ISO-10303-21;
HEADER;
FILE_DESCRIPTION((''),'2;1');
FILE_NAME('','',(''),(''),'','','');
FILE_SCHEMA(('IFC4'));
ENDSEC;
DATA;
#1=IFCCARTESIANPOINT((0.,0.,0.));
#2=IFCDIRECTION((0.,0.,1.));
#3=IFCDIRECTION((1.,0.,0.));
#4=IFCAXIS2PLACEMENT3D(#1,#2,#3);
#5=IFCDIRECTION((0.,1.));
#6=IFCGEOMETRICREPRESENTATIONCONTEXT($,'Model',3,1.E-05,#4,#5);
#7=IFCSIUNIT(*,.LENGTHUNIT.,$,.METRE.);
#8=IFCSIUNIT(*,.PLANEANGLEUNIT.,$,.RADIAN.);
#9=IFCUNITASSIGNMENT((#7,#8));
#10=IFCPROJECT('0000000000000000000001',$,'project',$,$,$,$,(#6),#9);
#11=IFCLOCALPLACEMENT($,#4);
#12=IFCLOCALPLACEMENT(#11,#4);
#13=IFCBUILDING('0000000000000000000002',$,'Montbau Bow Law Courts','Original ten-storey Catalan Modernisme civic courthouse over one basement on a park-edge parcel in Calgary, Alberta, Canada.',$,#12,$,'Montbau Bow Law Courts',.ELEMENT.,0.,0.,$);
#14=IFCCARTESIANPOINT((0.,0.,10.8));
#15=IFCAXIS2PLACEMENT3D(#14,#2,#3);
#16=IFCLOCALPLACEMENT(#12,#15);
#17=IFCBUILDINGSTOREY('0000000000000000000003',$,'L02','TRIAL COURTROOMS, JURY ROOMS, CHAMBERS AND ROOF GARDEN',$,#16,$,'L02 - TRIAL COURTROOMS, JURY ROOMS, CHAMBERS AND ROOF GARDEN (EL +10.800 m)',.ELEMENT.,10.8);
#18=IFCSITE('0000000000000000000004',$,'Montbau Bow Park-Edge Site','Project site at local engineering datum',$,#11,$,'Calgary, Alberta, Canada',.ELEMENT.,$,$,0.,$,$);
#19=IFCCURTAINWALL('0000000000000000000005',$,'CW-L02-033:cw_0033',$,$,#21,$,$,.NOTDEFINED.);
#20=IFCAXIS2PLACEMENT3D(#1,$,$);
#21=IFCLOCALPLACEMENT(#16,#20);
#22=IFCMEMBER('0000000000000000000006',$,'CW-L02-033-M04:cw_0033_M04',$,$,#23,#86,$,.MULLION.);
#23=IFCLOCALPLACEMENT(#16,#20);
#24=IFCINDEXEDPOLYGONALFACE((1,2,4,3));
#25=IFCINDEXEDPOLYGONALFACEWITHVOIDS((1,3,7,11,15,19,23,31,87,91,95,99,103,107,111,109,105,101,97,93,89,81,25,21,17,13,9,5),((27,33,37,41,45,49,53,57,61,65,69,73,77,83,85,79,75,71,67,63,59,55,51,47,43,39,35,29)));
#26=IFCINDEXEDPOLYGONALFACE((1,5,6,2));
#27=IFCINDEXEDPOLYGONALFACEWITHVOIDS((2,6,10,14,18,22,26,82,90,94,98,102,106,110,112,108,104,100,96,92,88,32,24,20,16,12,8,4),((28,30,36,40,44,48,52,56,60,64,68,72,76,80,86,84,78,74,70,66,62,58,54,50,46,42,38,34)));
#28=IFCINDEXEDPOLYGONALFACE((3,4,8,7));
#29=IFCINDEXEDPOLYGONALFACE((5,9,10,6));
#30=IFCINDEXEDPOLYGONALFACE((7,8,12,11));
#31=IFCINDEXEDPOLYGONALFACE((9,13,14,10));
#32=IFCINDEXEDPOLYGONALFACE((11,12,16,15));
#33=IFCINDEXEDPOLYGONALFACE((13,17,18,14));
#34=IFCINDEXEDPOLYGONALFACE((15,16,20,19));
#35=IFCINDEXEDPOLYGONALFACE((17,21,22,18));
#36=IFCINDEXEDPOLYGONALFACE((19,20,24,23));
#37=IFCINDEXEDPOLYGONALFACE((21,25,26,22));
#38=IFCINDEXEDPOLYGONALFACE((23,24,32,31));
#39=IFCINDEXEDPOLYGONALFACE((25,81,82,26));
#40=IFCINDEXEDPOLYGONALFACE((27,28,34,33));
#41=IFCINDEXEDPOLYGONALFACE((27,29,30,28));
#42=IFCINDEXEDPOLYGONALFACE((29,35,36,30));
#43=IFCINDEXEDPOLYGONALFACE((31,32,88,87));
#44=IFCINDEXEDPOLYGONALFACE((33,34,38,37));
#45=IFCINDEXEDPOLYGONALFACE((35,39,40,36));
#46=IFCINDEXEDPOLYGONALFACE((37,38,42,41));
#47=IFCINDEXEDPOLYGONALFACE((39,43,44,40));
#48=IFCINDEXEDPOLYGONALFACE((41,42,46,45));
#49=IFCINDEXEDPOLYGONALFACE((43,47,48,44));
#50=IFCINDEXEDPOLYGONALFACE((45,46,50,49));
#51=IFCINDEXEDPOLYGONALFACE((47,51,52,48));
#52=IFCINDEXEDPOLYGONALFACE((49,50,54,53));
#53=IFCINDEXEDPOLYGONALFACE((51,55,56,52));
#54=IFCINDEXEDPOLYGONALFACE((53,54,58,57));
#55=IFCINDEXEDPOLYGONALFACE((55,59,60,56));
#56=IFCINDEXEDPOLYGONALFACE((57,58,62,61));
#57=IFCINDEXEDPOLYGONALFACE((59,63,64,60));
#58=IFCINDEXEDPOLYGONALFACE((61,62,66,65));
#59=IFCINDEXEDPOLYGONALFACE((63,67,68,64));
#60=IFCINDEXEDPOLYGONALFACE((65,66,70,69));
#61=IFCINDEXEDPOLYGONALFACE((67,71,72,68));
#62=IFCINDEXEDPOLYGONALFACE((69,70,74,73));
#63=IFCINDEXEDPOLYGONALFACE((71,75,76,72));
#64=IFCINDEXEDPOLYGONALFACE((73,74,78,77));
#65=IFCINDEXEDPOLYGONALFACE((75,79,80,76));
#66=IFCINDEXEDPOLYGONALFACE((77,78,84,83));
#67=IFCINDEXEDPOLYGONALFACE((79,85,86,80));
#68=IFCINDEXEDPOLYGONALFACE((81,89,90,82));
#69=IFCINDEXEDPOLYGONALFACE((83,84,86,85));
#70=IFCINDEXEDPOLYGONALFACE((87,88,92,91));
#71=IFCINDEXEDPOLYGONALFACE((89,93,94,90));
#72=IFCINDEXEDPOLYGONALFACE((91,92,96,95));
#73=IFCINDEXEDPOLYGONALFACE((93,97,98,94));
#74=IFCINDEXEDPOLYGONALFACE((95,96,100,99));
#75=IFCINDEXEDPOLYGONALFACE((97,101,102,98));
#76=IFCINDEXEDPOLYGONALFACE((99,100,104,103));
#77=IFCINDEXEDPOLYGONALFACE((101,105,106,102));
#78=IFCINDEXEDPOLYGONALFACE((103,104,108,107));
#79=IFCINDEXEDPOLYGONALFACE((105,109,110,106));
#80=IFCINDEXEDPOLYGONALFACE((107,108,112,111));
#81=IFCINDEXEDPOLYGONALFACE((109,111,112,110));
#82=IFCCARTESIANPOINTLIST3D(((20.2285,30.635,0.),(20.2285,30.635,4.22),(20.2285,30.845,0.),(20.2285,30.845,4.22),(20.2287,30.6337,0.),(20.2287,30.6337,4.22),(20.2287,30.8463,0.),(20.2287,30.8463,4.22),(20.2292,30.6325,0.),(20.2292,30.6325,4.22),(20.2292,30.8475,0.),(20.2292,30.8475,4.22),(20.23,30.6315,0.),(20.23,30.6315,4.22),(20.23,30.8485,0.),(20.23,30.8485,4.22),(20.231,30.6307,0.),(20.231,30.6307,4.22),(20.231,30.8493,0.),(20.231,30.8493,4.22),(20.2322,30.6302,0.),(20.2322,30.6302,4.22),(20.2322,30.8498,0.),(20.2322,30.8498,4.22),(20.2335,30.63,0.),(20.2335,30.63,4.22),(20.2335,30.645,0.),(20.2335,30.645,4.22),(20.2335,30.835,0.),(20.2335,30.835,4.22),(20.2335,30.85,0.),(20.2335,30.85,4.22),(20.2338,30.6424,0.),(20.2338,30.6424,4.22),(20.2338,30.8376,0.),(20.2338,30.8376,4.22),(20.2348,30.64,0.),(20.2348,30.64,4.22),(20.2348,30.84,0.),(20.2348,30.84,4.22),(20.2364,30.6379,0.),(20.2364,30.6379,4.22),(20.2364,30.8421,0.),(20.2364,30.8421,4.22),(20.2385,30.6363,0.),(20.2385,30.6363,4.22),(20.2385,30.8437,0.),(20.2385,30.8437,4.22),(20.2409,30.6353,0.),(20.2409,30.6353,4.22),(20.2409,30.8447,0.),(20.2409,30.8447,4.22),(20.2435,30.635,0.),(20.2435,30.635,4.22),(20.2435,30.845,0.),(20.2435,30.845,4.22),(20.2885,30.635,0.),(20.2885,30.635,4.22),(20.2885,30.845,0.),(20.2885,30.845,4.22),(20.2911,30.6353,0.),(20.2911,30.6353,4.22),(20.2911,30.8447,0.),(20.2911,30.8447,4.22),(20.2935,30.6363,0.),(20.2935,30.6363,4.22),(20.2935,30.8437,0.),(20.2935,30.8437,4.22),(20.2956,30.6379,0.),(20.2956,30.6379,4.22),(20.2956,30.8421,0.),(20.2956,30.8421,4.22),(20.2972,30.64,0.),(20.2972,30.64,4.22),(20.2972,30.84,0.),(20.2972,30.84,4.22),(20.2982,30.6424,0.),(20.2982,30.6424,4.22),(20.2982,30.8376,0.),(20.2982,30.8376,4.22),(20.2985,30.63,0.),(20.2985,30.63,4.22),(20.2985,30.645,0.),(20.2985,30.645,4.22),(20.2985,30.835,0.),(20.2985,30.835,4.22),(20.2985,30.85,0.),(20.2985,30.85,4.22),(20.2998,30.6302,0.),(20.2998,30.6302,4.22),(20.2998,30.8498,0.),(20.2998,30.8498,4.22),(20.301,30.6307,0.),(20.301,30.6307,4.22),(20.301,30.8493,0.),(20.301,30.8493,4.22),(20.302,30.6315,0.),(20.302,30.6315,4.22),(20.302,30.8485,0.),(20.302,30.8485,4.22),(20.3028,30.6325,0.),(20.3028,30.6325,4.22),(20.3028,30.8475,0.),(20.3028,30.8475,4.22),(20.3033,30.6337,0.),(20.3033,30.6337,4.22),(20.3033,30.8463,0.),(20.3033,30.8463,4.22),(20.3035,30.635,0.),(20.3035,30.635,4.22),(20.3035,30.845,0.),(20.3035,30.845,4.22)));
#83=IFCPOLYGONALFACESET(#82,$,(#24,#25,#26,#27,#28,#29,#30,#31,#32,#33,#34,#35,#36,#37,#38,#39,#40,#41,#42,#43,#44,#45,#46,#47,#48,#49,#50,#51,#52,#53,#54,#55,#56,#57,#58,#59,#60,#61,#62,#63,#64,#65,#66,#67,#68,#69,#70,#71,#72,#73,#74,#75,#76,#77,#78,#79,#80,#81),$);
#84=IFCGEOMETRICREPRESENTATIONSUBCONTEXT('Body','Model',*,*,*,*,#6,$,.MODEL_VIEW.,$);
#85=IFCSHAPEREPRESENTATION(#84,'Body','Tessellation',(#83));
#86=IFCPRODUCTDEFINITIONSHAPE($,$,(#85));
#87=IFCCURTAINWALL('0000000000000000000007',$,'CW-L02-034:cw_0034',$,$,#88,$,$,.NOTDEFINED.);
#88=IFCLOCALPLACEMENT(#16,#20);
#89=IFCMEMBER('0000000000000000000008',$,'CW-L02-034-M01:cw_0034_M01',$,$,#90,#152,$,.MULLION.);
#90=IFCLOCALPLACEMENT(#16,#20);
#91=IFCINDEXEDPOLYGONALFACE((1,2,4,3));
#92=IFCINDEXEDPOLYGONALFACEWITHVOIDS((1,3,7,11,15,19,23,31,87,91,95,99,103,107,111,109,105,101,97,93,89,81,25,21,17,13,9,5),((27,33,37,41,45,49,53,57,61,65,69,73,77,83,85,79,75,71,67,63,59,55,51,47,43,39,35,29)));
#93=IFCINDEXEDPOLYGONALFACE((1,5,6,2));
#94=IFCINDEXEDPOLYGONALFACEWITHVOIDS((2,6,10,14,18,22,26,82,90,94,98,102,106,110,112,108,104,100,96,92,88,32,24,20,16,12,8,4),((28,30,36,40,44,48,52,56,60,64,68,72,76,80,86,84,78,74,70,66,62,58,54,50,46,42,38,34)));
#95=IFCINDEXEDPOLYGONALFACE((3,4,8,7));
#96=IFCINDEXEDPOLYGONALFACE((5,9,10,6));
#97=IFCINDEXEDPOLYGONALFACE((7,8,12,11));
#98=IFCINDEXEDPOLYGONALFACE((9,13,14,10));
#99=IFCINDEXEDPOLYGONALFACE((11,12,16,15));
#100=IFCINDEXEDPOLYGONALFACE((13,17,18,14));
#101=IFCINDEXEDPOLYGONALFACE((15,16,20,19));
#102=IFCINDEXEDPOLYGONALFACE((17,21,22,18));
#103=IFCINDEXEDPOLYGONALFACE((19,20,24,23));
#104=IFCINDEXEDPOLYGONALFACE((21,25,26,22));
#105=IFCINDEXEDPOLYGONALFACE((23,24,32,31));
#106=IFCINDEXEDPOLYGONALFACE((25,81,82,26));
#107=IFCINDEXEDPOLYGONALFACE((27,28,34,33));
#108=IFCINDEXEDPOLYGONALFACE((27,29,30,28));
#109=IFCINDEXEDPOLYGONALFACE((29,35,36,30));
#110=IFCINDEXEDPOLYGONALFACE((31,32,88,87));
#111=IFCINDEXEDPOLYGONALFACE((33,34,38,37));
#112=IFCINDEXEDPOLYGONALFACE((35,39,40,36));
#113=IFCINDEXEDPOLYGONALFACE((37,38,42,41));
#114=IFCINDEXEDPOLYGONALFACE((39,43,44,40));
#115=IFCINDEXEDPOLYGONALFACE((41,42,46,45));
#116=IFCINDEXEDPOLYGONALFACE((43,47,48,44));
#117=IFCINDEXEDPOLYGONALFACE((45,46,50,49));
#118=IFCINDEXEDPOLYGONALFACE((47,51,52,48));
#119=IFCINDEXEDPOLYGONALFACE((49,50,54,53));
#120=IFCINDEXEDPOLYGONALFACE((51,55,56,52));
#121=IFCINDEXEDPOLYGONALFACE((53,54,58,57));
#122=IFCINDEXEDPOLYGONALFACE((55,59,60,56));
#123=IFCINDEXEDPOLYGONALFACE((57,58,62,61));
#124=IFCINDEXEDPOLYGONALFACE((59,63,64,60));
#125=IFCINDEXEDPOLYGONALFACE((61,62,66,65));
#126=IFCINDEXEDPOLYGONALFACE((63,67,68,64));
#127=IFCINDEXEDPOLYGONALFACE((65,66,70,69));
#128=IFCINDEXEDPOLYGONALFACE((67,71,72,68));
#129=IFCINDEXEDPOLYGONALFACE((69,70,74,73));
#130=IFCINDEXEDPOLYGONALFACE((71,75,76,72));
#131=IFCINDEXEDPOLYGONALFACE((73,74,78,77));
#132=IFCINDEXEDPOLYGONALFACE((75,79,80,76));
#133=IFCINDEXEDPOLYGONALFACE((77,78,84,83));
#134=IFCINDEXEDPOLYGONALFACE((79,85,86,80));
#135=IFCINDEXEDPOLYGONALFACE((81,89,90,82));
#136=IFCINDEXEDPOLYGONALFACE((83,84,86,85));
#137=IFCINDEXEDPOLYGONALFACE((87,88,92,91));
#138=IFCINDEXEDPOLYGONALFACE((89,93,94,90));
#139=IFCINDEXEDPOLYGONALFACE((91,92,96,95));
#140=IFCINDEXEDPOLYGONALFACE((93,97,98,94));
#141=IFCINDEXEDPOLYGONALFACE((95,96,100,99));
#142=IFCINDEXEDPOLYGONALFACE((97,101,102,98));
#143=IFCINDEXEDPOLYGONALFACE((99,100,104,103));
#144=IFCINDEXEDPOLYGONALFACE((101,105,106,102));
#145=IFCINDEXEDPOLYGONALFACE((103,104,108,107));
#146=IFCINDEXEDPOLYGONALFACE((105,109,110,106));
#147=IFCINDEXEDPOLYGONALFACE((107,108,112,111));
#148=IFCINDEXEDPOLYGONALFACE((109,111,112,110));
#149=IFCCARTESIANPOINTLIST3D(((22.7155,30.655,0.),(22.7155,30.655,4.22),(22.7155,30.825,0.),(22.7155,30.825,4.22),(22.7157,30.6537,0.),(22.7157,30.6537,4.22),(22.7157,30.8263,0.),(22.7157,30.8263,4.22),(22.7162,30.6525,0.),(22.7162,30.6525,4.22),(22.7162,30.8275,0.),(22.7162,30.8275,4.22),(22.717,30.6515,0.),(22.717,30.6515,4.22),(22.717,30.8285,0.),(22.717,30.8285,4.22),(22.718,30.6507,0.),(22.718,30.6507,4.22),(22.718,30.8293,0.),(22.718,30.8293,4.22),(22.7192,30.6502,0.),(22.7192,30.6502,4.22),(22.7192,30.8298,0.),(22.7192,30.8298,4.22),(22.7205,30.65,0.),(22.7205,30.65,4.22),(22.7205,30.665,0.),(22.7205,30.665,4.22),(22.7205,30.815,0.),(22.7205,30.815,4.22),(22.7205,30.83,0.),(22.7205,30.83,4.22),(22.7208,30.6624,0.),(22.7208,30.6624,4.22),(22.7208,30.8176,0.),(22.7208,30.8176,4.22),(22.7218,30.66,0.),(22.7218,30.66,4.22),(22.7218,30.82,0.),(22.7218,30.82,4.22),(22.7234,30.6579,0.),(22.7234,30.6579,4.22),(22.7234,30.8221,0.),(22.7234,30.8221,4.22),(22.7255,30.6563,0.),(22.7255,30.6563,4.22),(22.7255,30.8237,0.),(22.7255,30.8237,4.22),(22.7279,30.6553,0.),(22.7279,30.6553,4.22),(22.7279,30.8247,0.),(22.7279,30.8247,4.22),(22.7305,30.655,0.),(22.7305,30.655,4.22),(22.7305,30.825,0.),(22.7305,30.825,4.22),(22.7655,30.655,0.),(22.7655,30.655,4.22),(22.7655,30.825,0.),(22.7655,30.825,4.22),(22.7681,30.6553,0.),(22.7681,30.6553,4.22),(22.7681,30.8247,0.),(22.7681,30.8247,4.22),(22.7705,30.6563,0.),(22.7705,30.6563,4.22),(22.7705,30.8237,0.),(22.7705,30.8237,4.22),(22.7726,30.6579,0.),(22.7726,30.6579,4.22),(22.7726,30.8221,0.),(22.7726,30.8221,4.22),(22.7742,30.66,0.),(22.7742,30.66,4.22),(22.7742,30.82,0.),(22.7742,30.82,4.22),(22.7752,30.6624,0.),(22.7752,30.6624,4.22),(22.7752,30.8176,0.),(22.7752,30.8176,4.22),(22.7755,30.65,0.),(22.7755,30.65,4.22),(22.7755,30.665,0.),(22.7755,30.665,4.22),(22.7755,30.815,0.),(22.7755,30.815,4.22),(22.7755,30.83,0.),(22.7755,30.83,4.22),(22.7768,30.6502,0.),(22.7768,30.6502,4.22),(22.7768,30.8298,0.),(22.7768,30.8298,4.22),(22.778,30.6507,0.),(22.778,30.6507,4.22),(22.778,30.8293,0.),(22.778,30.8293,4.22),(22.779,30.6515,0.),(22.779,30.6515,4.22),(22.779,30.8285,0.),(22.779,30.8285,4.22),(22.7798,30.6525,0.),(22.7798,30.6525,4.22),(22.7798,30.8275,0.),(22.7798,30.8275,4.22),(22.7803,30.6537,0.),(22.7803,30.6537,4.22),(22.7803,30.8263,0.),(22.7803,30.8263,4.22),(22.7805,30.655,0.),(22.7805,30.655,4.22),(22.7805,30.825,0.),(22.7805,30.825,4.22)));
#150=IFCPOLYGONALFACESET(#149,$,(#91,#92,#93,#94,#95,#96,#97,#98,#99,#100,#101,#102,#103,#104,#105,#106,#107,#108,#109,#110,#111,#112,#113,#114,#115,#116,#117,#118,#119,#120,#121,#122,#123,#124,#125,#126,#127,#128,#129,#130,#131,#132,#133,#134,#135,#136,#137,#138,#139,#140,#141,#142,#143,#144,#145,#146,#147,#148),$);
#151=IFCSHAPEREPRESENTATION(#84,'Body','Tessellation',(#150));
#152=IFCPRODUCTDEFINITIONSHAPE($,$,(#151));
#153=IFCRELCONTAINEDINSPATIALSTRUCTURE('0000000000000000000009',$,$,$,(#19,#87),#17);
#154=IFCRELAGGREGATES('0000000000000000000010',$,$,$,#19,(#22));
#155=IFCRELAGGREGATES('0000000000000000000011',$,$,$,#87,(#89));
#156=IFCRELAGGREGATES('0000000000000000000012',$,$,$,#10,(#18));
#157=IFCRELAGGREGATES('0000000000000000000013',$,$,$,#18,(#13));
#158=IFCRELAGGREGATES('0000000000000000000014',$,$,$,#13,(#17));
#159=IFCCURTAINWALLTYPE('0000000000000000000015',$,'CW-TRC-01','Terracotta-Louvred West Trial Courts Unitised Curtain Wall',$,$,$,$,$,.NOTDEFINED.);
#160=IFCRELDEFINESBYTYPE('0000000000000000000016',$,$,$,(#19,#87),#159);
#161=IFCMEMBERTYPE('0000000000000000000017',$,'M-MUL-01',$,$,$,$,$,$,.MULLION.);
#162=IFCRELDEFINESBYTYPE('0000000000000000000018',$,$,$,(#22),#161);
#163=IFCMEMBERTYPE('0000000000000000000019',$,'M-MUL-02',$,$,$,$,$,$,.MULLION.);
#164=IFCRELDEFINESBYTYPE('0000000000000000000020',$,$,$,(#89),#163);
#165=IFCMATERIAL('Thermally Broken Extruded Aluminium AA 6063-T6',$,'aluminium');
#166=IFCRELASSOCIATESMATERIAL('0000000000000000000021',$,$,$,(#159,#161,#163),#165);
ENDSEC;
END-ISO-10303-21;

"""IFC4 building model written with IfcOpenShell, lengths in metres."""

from ifc_helpers import new_model, si_unit, direction, frame, origin_with_axes, origin_2d_with_axis, place, context, subcontext, project, spatial, hollow_rectangle, extrude, material, material_profile, profile_set, type_object, element, aggregate, save


model = new_model("IFC4")

# Units and contexts
model_context = context("Model", 3, precision=1e-05, world=origin_with_axes(), true_north=direction((0.0, 1.0)))
body_context = subcontext(model_context, "Body", "Model", "MODEL_VIEW")
ifc_project = project(units=[si_unit("LENGTHUNIT", "METRE"), si_unit("PLANEANGLEUNIT", "RADIAN")], contexts=[model_context])

# Site, building, storey
site_placement = place(None, origin_with_axes())
site = spatial("IfcSite", under=ifc_project, at=site_placement, Name="Montbau Bow Park-Edge Site", Description="Project site at local engineering datum", LongName="Calgary, Alberta, Canada", CompositionType="ELEMENT", RefElevation=0.0)
building_placement = place(site_placement, origin_with_axes())
building = spatial("IfcBuilding", under=site, at=building_placement, Name="Montbau Bow Law Courts", Description="Original ten-storey Catalan Modernisme civic courthouse over one basement on a park-edge parcel in Calgary, Alberta, Canada.", LongName="Montbau Bow Law Courts", CompositionType="ELEMENT", ElevationOfRefHeight=0.0, ElevationOfTerrain=0.0)
storey_placement = place(building_placement, frame((0.0, 0.0, 10.8), z_axis=(0.0, 0.0, 1.0), x_axis=(1.0, 0.0, 0.0)))
storey = spatial("IfcBuildingStorey", under=building, at=storey_placement, Name="L02", Description="TRIAL COURTROOMS, JURY ROOMS, CHAMBERS AND ROOF GARDEN", LongName="L02 - TRIAL COURTROOMS, JURY ROOMS, CHAMBERS AND ROOF GARDEN (EL +10.800 m)", CompositionType="ELEMENT", Elevation=10.8)

# Curtain wall, member
ifc_material_1 = material(Name="Thermally Broken Extruded Aluminium AA 6063-T6", Category="aluminium")
curtain_wall_type = type_object("IfcCurtainWallType", Name="CW-TRC-01", Description="Terracotta-Louvred West Trial Courts Unitised Curtain Wall", PredefinedType="NOTDEFINED", material=ifc_material_1)
curtain_wall_1_placement = place(None, frame((16.296, 30.74, 10.8), z_axis=(0.0, 0.0, 1.0), x_axis=(1.0, 0.0, 0.0)))
curtain_wall_1 = element("IfcCurtainWall", 1, at=curtain_wall_1_placement, inside=storey, type_object=curtain_wall_type, Name="CW-L02-033:cw_0033", PredefinedType="NOTDEFINED")
ifc_material_profile_1 = material_profile(ifc_material_1, hollow_rectangle(XDim=0.075, YDim=0.22, WallThickness=0.005, InnerFilletRadius=0.01, OuterFilletRadius=0.005, at=origin_2d_with_axis()), Name="CWM-220X75", Category="Main", Priority=0)
ifc_profile_set_1 = profile_set([ifc_material_profile_1], Name="Thermally Broken Extruded Aluminium AA 6063-T6")
member_type_1 = type_object("IfcMemberType", Name="M-MUL-01", PredefinedType="MULLION", material=ifc_profile_set_1)
member_1_placement = place(None, frame((20.266, 30.74, 10.8), z_axis=(0.0, 0.0, 1.0), x_axis=(1.0, 0.0, 0.0)))
member_1 = element("IfcMember", 2, at=member_1_placement, type_object=member_type_1, Name="CW-L02-033-M04:cw_0033_M04", PredefinedType="MULLION", context=body_context, shape_type="SweptSolid", body=[
    extrude(hollow_rectangle(XDim=0.075, YDim=0.22, WallThickness=0.005, InnerFilletRadius=0.01, OuterFilletRadius=0.005, at=origin_2d_with_axis()), origin_with_axes(), (0.0, 0.0, 1.0), 4.22),
])

# Curtain wall, member
curtain_wall_2_placement = place(None, frame((22.715, 30.74, 10.8), z_axis=(0.0, 0.0, 1.0), x_axis=(1.0, 0.0, 0.0)))
curtain_wall_2 = element("IfcCurtainWall", 3, at=curtain_wall_2_placement, inside=storey, type_object=curtain_wall_type, Name="CW-L02-034:cw_0034", PredefinedType="NOTDEFINED")
ifc_material_profile_2 = material_profile(ifc_material_1, hollow_rectangle(XDim=0.065, YDim=0.18, WallThickness=0.005, InnerFilletRadius=0.01, OuterFilletRadius=0.005, at=origin_2d_with_axis()), Name="CWM-180X65", Category="Main", Priority=0)
ifc_profile_set_2 = profile_set([ifc_material_profile_2], Name="Thermally Broken Extruded Aluminium AA 6063-T6")
member_type_2 = type_object("IfcMemberType", Name="M-MUL-02", PredefinedType="MULLION", material=ifc_profile_set_2)
member_2_placement = place(None, frame((22.748, 30.74, 10.8), z_axis=(0.0, 0.0, 1.0), x_axis=(1.0, 0.0, 0.0)))
member_2 = element("IfcMember", 4, at=member_2_placement, type_object=member_type_2, Name="CW-L02-034-M01:cw_0034_M01", PredefinedType="MULLION", context=body_context, shape_type="SweptSolid", body=[
    extrude(hollow_rectangle(XDim=0.065, YDim=0.18, WallThickness=0.005, InnerFilletRadius=0.01, OuterFilletRadius=0.005, at=origin_2d_with_axis()), origin_with_axes(), (0.0, 0.0, 1.0), 4.22),
])

aggregate(curtain_wall_1, [member_1])
aggregate(curtain_wall_2, [member_2])

save(model, "model.ifc")
